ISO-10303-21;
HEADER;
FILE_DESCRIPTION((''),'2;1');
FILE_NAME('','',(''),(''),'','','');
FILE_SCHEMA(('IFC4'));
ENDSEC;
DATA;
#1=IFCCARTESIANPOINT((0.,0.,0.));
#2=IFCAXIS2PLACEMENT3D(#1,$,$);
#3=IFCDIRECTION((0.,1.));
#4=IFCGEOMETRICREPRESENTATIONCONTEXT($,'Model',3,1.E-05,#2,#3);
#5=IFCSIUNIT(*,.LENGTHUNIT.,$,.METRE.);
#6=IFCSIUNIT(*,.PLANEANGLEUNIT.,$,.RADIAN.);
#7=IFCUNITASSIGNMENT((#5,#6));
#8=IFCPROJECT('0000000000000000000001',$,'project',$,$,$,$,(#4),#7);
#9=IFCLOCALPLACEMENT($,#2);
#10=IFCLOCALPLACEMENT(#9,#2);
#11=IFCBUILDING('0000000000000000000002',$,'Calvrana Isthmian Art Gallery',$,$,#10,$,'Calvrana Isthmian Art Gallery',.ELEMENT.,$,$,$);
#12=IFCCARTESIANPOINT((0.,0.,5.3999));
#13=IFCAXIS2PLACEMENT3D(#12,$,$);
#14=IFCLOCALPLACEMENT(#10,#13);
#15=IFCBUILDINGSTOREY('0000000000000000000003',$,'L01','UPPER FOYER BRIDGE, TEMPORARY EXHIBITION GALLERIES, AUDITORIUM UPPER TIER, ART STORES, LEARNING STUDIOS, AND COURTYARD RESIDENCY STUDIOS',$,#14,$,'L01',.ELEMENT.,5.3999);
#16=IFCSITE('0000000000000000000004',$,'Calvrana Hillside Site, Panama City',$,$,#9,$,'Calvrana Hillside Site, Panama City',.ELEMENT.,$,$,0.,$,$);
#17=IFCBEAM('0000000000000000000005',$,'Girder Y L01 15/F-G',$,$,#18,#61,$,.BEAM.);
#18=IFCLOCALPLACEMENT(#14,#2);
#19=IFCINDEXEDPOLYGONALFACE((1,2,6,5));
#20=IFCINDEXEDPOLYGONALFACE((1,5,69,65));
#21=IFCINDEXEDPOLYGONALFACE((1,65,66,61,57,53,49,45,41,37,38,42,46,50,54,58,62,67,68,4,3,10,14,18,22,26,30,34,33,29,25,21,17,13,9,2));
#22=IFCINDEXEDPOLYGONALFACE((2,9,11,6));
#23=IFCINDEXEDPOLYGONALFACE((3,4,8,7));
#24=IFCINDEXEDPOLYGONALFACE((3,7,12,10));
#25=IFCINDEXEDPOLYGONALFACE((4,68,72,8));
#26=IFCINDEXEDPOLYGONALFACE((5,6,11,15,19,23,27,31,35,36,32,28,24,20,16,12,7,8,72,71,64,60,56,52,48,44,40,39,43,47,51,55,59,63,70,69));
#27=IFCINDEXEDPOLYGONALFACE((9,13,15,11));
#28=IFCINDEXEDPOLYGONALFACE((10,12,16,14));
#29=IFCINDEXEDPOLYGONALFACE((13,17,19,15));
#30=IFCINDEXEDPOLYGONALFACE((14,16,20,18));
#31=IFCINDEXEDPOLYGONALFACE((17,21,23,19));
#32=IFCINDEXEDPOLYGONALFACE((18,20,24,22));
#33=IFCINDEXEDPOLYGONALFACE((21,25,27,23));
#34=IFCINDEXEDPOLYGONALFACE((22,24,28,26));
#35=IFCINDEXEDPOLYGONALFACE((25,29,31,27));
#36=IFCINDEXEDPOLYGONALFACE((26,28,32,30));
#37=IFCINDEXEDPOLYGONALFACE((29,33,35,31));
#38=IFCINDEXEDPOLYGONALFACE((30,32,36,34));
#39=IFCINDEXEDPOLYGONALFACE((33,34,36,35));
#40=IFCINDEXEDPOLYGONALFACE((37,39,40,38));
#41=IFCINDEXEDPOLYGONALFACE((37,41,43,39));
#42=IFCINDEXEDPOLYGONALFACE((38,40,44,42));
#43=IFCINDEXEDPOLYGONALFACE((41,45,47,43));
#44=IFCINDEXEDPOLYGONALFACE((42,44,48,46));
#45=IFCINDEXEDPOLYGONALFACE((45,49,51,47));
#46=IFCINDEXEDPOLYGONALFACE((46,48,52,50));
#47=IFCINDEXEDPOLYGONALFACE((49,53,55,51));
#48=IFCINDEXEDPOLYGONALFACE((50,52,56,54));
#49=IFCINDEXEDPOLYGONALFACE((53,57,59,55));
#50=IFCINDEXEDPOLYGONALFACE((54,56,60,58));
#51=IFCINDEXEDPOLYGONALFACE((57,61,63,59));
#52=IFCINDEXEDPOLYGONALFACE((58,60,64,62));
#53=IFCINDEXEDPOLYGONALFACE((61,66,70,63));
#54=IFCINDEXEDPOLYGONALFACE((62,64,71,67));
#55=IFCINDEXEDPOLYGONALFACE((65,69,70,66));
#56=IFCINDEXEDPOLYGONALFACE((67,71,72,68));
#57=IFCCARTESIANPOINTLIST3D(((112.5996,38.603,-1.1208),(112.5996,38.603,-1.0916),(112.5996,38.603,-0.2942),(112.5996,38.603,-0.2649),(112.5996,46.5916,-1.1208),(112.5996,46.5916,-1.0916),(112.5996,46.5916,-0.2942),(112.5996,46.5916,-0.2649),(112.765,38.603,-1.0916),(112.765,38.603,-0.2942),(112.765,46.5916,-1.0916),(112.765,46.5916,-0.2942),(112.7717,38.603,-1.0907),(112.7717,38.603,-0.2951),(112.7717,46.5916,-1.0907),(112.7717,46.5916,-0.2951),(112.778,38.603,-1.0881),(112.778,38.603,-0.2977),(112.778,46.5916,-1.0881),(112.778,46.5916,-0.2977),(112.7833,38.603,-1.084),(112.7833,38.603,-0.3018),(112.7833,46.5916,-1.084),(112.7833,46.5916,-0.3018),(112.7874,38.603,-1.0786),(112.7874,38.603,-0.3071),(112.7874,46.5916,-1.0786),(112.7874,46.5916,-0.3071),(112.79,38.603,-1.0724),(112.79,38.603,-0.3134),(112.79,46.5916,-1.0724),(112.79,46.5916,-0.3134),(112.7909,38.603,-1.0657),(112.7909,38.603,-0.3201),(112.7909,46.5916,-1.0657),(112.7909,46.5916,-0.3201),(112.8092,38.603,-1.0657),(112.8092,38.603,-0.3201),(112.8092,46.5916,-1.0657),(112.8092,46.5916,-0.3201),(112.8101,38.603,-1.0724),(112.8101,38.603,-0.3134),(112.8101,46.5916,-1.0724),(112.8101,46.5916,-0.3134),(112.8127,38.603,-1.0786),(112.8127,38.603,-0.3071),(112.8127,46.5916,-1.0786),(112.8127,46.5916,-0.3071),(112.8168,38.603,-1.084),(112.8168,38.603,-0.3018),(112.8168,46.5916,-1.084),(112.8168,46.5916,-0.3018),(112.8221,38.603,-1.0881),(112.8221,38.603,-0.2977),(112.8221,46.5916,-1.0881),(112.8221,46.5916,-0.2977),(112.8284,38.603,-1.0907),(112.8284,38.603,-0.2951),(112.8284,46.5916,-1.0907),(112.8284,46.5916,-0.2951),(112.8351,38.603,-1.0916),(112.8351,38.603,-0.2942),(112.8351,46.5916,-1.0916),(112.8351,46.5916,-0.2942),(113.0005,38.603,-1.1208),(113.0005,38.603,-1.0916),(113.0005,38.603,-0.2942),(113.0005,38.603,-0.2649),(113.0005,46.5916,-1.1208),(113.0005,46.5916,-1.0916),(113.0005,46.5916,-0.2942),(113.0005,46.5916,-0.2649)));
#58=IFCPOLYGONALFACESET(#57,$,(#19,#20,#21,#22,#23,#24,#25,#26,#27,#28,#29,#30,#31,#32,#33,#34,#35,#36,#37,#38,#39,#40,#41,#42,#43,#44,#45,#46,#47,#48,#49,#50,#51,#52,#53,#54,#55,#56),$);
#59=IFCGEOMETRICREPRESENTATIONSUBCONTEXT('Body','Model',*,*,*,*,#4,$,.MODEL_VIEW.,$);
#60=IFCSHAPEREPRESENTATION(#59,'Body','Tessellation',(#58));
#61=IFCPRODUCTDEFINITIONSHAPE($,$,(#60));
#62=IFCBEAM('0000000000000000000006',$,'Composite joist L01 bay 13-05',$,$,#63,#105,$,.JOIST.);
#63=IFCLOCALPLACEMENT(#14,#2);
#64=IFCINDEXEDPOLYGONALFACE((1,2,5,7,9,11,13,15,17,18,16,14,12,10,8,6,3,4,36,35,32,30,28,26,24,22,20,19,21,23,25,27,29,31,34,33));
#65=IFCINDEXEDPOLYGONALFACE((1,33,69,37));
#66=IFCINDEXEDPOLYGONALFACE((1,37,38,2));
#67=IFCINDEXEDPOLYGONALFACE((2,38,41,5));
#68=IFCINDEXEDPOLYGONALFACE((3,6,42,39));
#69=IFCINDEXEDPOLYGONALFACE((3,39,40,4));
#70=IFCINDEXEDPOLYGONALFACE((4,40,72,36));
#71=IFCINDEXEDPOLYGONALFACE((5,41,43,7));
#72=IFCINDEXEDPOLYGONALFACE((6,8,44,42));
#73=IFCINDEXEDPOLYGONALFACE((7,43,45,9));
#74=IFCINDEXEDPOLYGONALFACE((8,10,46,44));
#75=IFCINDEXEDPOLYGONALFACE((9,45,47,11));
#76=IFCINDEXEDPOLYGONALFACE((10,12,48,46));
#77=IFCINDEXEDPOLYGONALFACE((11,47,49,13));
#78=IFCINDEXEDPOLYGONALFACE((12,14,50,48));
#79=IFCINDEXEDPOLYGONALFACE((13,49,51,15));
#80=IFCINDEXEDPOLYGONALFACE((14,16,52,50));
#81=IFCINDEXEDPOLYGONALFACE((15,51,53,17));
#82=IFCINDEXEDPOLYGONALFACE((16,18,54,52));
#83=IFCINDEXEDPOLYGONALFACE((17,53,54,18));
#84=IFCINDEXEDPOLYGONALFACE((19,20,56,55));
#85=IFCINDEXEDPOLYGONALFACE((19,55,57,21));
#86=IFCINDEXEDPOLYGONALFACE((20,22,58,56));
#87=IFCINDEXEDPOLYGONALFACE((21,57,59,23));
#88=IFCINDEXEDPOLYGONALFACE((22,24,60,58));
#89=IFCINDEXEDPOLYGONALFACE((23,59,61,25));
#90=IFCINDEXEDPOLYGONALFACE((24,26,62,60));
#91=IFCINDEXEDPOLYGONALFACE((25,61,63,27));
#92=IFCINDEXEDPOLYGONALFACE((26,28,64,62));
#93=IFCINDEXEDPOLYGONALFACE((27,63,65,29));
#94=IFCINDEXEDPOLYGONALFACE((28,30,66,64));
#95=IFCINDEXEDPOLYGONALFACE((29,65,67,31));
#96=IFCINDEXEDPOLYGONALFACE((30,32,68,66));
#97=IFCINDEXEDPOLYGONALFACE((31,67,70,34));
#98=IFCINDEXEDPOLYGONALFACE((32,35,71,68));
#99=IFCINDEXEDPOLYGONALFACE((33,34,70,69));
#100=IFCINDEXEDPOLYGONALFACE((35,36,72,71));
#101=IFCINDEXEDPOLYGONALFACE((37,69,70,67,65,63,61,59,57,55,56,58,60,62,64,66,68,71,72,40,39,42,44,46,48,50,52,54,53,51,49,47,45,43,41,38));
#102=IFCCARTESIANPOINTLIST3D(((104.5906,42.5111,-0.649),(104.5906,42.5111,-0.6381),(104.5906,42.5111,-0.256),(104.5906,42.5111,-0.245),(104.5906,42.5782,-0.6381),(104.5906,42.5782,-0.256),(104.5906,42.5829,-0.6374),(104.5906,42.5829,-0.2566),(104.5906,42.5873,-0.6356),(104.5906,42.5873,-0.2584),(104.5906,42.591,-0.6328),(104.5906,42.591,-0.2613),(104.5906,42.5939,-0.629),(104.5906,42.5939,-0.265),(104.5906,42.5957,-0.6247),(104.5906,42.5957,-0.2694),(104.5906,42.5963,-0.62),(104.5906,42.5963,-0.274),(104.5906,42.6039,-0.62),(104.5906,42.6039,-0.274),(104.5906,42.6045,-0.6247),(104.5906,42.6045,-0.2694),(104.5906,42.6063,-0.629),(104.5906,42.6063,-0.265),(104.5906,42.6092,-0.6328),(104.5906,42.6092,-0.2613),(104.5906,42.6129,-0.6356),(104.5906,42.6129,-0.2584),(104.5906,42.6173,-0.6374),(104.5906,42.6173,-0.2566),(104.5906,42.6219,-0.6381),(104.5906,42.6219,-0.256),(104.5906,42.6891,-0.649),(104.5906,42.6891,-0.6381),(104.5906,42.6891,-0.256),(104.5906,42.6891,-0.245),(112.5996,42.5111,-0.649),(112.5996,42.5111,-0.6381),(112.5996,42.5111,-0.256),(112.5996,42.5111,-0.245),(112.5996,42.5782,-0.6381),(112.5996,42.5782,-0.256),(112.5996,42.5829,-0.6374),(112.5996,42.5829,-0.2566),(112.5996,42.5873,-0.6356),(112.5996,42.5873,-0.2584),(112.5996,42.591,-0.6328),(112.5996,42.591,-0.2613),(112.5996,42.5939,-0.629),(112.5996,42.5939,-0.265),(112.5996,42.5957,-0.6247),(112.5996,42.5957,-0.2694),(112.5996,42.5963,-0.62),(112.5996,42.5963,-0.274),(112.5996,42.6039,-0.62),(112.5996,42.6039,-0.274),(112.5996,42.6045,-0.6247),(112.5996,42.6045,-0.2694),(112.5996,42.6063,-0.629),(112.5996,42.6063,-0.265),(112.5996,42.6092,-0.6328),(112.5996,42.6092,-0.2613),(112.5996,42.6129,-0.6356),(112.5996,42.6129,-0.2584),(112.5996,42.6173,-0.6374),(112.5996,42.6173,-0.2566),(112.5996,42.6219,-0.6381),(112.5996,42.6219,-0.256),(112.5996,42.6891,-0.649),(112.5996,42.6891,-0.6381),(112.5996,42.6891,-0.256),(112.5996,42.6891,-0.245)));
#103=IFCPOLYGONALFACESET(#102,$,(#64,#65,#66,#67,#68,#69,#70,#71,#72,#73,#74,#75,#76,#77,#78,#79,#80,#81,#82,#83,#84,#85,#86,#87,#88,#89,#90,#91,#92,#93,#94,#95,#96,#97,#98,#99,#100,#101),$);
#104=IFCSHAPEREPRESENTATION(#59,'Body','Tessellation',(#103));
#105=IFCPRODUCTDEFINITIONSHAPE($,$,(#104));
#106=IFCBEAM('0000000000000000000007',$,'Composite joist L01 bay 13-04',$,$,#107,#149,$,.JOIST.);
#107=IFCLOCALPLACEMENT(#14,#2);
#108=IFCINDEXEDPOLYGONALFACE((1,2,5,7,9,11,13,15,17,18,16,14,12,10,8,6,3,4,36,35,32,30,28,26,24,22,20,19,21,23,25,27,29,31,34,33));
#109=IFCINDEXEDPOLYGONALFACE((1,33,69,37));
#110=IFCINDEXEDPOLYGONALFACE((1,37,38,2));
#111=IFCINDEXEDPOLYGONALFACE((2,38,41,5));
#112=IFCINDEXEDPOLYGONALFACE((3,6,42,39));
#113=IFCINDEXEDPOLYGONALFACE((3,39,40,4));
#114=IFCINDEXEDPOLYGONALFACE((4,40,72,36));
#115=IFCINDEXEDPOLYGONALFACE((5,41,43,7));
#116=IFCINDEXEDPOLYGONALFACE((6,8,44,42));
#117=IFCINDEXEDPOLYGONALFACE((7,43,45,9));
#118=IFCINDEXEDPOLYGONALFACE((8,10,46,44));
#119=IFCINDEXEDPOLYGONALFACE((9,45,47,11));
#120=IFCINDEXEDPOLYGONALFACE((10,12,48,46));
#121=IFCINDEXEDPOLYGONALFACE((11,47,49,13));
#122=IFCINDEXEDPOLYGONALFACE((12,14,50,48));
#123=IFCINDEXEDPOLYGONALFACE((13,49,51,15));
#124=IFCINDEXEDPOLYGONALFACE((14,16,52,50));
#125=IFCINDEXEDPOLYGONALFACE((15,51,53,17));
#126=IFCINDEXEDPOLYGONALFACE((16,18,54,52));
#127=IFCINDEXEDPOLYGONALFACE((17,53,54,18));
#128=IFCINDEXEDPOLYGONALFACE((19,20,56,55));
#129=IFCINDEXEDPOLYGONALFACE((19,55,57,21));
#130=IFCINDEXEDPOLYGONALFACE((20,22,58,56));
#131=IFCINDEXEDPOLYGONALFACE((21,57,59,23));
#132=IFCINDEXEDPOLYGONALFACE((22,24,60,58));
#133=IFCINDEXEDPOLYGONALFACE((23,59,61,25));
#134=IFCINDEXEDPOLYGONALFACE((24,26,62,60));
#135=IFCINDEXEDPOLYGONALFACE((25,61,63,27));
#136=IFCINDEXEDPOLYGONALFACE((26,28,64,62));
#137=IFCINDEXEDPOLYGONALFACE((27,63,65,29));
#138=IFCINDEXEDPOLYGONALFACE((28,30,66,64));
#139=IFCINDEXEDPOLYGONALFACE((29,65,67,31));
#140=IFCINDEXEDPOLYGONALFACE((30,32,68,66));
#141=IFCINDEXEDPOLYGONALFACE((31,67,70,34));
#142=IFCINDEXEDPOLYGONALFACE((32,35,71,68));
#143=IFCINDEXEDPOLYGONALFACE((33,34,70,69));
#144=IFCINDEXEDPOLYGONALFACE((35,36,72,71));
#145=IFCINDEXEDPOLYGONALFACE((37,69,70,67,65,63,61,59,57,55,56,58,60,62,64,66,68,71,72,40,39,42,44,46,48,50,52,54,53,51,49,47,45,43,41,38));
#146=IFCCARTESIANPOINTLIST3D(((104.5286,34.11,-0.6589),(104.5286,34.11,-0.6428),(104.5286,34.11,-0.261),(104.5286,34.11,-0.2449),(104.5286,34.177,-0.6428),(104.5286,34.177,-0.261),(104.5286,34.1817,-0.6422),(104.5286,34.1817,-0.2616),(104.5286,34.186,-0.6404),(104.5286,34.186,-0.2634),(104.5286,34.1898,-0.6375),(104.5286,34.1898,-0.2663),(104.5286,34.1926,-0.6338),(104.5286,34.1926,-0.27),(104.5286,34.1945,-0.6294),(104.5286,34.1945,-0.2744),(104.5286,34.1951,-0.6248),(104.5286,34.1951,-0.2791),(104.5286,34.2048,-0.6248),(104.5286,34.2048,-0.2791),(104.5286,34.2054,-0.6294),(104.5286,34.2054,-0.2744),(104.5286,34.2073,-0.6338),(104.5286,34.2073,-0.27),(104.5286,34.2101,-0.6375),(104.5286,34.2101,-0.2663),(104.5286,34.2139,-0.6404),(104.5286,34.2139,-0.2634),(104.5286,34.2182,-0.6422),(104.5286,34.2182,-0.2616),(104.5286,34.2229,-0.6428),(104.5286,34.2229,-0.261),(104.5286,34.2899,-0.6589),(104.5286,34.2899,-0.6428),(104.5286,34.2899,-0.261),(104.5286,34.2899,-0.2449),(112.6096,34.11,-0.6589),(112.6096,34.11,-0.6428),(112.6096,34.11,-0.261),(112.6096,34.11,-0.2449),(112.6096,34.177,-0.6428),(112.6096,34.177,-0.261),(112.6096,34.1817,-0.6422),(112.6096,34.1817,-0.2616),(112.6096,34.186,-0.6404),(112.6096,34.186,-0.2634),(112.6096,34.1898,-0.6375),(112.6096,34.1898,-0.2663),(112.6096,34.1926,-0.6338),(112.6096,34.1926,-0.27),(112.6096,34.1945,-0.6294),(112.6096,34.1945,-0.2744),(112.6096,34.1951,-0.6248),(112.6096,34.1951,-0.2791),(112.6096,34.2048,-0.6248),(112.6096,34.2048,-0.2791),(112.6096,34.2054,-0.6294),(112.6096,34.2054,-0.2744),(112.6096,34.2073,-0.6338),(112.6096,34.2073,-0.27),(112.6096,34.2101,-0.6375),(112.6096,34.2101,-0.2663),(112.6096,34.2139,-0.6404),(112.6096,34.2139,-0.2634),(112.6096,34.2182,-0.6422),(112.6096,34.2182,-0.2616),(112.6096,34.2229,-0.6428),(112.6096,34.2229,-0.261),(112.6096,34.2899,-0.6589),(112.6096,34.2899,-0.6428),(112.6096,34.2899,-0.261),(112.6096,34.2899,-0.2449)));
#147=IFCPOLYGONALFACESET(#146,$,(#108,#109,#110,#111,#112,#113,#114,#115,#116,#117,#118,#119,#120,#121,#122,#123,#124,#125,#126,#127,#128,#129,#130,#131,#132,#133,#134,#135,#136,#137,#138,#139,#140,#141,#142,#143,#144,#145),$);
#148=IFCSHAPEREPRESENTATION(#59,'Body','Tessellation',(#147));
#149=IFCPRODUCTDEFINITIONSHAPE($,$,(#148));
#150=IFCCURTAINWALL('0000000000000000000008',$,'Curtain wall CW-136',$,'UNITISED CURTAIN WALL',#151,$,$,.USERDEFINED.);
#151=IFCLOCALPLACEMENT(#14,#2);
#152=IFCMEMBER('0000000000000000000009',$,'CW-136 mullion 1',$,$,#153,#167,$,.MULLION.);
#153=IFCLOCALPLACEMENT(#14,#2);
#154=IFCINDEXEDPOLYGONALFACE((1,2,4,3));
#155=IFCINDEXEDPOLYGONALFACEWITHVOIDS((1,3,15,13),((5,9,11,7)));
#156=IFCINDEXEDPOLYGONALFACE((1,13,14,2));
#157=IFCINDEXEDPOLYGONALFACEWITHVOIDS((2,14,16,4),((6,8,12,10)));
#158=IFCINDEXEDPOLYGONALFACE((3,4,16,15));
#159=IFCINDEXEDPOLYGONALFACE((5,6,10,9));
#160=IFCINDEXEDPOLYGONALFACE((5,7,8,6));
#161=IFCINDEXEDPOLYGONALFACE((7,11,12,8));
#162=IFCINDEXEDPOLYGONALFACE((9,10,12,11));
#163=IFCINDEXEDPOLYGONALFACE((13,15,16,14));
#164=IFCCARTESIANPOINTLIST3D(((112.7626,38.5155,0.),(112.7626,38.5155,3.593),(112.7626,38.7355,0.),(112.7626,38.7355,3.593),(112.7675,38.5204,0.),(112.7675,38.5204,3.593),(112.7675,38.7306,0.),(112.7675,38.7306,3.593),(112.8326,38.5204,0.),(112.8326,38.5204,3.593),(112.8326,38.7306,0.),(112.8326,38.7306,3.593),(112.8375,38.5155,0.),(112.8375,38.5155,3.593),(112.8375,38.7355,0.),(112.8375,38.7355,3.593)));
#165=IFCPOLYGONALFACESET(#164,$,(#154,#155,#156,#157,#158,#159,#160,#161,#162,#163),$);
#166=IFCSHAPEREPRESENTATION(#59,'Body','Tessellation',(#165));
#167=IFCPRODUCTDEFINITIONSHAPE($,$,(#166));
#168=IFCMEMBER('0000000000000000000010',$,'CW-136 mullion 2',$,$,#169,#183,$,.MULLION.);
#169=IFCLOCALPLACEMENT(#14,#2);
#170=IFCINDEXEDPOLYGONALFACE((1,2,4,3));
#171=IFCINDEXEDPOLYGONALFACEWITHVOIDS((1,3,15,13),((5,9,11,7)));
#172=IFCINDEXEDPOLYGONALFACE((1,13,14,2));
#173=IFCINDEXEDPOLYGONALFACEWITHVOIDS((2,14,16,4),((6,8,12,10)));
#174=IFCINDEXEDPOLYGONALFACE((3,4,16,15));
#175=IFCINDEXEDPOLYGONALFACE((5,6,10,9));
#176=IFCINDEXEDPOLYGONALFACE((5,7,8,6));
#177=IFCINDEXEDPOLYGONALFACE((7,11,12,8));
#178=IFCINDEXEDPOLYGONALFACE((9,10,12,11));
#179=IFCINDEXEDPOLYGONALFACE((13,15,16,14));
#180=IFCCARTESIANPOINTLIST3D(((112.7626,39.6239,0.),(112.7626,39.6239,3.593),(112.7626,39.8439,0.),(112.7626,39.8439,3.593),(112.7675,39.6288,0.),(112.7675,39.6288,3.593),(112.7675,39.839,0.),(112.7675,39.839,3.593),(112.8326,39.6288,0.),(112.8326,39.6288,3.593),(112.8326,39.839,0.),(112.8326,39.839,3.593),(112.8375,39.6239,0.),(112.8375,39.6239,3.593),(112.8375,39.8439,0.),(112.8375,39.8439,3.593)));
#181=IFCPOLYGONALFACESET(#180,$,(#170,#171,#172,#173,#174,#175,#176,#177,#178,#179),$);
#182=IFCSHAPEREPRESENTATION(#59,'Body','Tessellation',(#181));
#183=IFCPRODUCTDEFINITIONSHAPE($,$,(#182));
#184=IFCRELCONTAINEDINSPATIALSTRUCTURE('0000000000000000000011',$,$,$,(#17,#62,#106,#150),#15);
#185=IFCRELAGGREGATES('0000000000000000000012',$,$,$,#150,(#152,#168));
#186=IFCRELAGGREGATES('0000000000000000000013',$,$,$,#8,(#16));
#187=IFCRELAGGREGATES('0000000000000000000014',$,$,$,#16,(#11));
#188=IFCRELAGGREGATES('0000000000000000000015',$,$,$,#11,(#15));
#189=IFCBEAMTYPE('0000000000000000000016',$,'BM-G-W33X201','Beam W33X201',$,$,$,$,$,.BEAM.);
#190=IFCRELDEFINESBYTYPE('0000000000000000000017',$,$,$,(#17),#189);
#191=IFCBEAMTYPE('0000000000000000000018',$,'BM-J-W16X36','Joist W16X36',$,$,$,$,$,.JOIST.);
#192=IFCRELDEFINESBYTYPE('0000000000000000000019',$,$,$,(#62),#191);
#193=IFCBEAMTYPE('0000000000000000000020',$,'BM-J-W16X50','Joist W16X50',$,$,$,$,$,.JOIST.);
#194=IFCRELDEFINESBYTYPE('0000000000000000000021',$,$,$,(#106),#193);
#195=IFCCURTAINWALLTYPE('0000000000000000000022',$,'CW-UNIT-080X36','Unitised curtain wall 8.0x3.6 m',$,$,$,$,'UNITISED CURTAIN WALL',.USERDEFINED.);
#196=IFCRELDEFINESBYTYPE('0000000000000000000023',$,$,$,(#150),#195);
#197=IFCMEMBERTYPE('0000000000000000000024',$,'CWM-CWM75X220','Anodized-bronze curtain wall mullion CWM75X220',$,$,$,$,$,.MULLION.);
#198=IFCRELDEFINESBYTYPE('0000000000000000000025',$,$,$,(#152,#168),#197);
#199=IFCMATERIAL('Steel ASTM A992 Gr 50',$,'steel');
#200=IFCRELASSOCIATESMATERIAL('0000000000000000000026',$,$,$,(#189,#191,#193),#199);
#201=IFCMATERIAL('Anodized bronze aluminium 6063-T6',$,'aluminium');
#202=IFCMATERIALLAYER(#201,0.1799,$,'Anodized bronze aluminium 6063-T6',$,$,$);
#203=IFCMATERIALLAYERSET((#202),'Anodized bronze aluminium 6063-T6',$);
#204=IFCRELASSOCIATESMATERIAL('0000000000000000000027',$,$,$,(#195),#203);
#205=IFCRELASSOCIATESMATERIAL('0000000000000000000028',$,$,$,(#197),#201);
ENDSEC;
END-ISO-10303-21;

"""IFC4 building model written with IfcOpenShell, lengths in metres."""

from ifc_helpers import new_model, si_unit, direction, frame, origin, origin_2d, place, context, subcontext, project, spatial, hollow_rectangle, i_section, extrude, material, layer, layer_set, material_profile, profile_set, type_object, element, aggregate, save


model = new_model("IFC4")

# Units and contexts
model_context = context("Model", 3, precision=1e-05, world=origin(), true_north=direction((0.0, 1.0)))
body_context = subcontext(model_context, "Body", "Model", "MODEL_VIEW")
ifc_project = project(units=[si_unit("LENGTHUNIT", "METRE"), si_unit("PLANEANGLEUNIT", "RADIAN")], contexts=[model_context])

# Site, building, storey
site_placement = place(None, origin())
site = spatial("IfcSite", under=ifc_project, at=site_placement, Name="Calvrana Hillside Site, Panama City", LongName="Calvrana Hillside Site, Panama City", CompositionType="ELEMENT", RefElevation=0.0)
building_placement = place(site_placement, origin())
building = spatial("IfcBuilding", under=site, at=building_placement, Name="Calvrana Isthmian Art Gallery", LongName="Calvrana Isthmian Art Gallery", CompositionType="ELEMENT")
storey_placement = place(building_placement, frame((0.0, 0.0, 5.3999)))
storey = spatial("IfcBuildingStorey", under=building, at=storey_placement, Name="L01", Description="UPPER FOYER BRIDGE, TEMPORARY EXHIBITION GALLERIES, AUDITORIUM UPPER TIER, ART STORES, LEARNING STUDIOS, AND COURTYARD RESIDENCY STUDIOS", LongName="L01", CompositionType="ELEMENT", Elevation=5.3999)

# Shared definitions
ifc_material_1 = material(Name="Steel ASTM A992 Gr 50", Category="steel")

# Beams
ifc_material_profile_1 = material_profile(ifc_material_1, i_section(OverallWidth=0.4009, OverallDepth=0.856, WebThickness=0.0183, FlangeThickness=0.0293, FilletRadius=0.0259, at=origin_2d()), Name="W33X201")
ifc_profile_set_1 = profile_set([ifc_material_profile_1], Name="Steel ASTM A992 Gr 50")
beam_type_1 = type_object("IfcBeamType", Name="BM-G-W33X201", Description="Beam W33X201", PredefinedType="BEAM", material=ifc_profile_set_1)
beam_1_placement = place(storey_placement, frame((112.8, 38.603, -0.6929), z_axis=(0.0, 1.0, 0.0), x_axis=(-1.0, 0.0, 0.0)))
element("IfcBeam", 1, at=beam_1_placement, inside=storey, type_object=beam_type_1, Name="Girder Y L01 15/F-G", PredefinedType="BEAM", context=body_context, shape_type="SweptSolid", body=[
    extrude(i_section(OverallWidth=0.4009, OverallDepth=0.856, WebThickness=0.0183, FlangeThickness=0.0293, FilletRadius=0.0259, at=origin_2d()), origin(), (0.0, 0.0, 1.0), 7.9885),
])
ifc_material_profile_2 = material_profile(ifc_material_1, i_section(OverallWidth=0.178, OverallDepth=0.4041, WebThickness=0.0076, FlangeThickness=0.011, FilletRadius=0.0181, at=origin_2d()), Name="W16X36")
ifc_profile_set_2 = profile_set([ifc_material_profile_2], Name="Steel ASTM A992 Gr 50")
beam_type_2 = type_object("IfcBeamType", Name="BM-J-W16X36", Description="Joist W16X36", PredefinedType="JOIST", material=ifc_profile_set_2)
beam_2_placement = place(storey_placement, frame((104.5906, 42.6001, -0.447), z_axis=(1.0, 0.0, 0.0), x_axis=(0.0, 1.0, 0.0)))
element("IfcBeam", 2, at=beam_2_placement, inside=storey, type_object=beam_type_2, Name="Composite joist L01 bay 13-05", PredefinedType="JOIST", context=body_context, shape_type="SweptSolid", body=[
    extrude(i_section(OverallWidth=0.178, OverallDepth=0.4041, WebThickness=0.0076, FlangeThickness=0.011, FilletRadius=0.0181, at=origin_2d()), origin(), (0.0, 0.0, 1.0), 8.009),
])
ifc_material_profile_3 = material_profile(ifc_material_1, i_section(OverallWidth=0.1799, OverallDepth=0.4141, WebThickness=0.0098, FlangeThickness=0.0161, FilletRadius=0.0181, at=origin_2d()), Name="W16X50")
ifc_profile_set_3 = profile_set([ifc_material_profile_3], Name="Steel ASTM A992 Gr 50")
beam_type_3 = type_object("IfcBeamType", Name="BM-J-W16X50", Description="Joist W16X50", PredefinedType="JOIST", material=ifc_profile_set_3)
beam_3_placement = place(storey_placement, frame((104.5286, 34.2, -0.4519), z_axis=(1.0, 0.0, 0.0), x_axis=(0.0, 1.0, 0.0)))
element("IfcBeam", 3, at=beam_3_placement, inside=storey, type_object=beam_type_3, Name="Composite joist L01 bay 13-04", PredefinedType="JOIST", context=body_context, shape_type="SweptSolid", body=[
    extrude(i_section(OverallWidth=0.1799, OverallDepth=0.4141, WebThickness=0.0098, FlangeThickness=0.0161, FilletRadius=0.0181, at=origin_2d()), origin(), (0.0, 0.0, 1.0), 8.0811),
])

# Curtain wall, members
ifc_material_2 = material(Name="Anodized bronze aluminium 6063-T6", Category="aluminium")
ifc_layer_1 = layer(ifc_material_2, 0.1799, Name="Anodized bronze aluminium 6063-T6")
ifc_layer_set_1 = layer_set([ifc_layer_1], Name="Anodized bronze aluminium 6063-T6")
curtain_wall_type = type_object("IfcCurtainWallType", Name="CW-UNIT-080X36", Description="Unitised curtain wall 8.0x3.6 m", ElementType="UNITISED CURTAIN WALL", PredefinedType="USERDEFINED", material=ifc_layer_set_1)
curtain_wall_placement = place(storey_placement, origin())
curtain_wall = element("IfcCurtainWall", 4, at=curtain_wall_placement, inside=storey, type_object=curtain_wall_type, Name="Curtain wall CW-136", ObjectType="UNITISED CURTAIN WALL", PredefinedType="USERDEFINED")
ifc_material_profile_4 = material_profile(ifc_material_2, hollow_rectangle(XDim=0.075, YDim=0.22, WallThickness=0.0049, at=origin_2d()), Name="CWM75X220")
ifc_profile_set_4 = profile_set([ifc_material_profile_4], Name="Anodized bronze aluminium 6063-T6")
member_type_1 = type_object("IfcMemberType", Name="CWM-CWM75X220", Description="Anodized-bronze curtain wall mullion CWM75X220", PredefinedType="MULLION", material=ifc_profile_set_4)
member_1_placement = place(storey_placement, frame((112.8, 38.6255, 0.0), z_axis=(0.0, 0.0, 1.0), x_axis=(-1.0, 0.0, 0.0)))
member_1 = element("IfcMember", 5, at=member_1_placement, type_object=member_type_1, Name="CW-136 mullion 1", PredefinedType="MULLION", context=body_context, shape_type="SweptSolid", body=[
    extrude(hollow_rectangle(XDim=0.075, YDim=0.22, WallThickness=0.0049, at=origin_2d()), origin(), (0.0, 0.0, 1.0), 3.593),
])
member_2_placement = place(storey_placement, frame((112.8, 39.7339, 0.0), z_axis=(0.0, 0.0, 1.0), x_axis=(-1.0, 0.0, 0.0)))
member_2 = element("IfcMember", 6, at=member_2_placement, type_object=member_type_1, Name="CW-136 mullion 2", PredefinedType="MULLION", context=body_context, shape_type="SweptSolid", body=[
    extrude(hollow_rectangle(XDim=0.075, YDim=0.22, WallThickness=0.0049, at=origin_2d()), origin(), (0.0, 0.0, 1.0), 3.593),
])
aggregate(curtain_wall, [member_1, member_2])

save(model, "model.ifc")
